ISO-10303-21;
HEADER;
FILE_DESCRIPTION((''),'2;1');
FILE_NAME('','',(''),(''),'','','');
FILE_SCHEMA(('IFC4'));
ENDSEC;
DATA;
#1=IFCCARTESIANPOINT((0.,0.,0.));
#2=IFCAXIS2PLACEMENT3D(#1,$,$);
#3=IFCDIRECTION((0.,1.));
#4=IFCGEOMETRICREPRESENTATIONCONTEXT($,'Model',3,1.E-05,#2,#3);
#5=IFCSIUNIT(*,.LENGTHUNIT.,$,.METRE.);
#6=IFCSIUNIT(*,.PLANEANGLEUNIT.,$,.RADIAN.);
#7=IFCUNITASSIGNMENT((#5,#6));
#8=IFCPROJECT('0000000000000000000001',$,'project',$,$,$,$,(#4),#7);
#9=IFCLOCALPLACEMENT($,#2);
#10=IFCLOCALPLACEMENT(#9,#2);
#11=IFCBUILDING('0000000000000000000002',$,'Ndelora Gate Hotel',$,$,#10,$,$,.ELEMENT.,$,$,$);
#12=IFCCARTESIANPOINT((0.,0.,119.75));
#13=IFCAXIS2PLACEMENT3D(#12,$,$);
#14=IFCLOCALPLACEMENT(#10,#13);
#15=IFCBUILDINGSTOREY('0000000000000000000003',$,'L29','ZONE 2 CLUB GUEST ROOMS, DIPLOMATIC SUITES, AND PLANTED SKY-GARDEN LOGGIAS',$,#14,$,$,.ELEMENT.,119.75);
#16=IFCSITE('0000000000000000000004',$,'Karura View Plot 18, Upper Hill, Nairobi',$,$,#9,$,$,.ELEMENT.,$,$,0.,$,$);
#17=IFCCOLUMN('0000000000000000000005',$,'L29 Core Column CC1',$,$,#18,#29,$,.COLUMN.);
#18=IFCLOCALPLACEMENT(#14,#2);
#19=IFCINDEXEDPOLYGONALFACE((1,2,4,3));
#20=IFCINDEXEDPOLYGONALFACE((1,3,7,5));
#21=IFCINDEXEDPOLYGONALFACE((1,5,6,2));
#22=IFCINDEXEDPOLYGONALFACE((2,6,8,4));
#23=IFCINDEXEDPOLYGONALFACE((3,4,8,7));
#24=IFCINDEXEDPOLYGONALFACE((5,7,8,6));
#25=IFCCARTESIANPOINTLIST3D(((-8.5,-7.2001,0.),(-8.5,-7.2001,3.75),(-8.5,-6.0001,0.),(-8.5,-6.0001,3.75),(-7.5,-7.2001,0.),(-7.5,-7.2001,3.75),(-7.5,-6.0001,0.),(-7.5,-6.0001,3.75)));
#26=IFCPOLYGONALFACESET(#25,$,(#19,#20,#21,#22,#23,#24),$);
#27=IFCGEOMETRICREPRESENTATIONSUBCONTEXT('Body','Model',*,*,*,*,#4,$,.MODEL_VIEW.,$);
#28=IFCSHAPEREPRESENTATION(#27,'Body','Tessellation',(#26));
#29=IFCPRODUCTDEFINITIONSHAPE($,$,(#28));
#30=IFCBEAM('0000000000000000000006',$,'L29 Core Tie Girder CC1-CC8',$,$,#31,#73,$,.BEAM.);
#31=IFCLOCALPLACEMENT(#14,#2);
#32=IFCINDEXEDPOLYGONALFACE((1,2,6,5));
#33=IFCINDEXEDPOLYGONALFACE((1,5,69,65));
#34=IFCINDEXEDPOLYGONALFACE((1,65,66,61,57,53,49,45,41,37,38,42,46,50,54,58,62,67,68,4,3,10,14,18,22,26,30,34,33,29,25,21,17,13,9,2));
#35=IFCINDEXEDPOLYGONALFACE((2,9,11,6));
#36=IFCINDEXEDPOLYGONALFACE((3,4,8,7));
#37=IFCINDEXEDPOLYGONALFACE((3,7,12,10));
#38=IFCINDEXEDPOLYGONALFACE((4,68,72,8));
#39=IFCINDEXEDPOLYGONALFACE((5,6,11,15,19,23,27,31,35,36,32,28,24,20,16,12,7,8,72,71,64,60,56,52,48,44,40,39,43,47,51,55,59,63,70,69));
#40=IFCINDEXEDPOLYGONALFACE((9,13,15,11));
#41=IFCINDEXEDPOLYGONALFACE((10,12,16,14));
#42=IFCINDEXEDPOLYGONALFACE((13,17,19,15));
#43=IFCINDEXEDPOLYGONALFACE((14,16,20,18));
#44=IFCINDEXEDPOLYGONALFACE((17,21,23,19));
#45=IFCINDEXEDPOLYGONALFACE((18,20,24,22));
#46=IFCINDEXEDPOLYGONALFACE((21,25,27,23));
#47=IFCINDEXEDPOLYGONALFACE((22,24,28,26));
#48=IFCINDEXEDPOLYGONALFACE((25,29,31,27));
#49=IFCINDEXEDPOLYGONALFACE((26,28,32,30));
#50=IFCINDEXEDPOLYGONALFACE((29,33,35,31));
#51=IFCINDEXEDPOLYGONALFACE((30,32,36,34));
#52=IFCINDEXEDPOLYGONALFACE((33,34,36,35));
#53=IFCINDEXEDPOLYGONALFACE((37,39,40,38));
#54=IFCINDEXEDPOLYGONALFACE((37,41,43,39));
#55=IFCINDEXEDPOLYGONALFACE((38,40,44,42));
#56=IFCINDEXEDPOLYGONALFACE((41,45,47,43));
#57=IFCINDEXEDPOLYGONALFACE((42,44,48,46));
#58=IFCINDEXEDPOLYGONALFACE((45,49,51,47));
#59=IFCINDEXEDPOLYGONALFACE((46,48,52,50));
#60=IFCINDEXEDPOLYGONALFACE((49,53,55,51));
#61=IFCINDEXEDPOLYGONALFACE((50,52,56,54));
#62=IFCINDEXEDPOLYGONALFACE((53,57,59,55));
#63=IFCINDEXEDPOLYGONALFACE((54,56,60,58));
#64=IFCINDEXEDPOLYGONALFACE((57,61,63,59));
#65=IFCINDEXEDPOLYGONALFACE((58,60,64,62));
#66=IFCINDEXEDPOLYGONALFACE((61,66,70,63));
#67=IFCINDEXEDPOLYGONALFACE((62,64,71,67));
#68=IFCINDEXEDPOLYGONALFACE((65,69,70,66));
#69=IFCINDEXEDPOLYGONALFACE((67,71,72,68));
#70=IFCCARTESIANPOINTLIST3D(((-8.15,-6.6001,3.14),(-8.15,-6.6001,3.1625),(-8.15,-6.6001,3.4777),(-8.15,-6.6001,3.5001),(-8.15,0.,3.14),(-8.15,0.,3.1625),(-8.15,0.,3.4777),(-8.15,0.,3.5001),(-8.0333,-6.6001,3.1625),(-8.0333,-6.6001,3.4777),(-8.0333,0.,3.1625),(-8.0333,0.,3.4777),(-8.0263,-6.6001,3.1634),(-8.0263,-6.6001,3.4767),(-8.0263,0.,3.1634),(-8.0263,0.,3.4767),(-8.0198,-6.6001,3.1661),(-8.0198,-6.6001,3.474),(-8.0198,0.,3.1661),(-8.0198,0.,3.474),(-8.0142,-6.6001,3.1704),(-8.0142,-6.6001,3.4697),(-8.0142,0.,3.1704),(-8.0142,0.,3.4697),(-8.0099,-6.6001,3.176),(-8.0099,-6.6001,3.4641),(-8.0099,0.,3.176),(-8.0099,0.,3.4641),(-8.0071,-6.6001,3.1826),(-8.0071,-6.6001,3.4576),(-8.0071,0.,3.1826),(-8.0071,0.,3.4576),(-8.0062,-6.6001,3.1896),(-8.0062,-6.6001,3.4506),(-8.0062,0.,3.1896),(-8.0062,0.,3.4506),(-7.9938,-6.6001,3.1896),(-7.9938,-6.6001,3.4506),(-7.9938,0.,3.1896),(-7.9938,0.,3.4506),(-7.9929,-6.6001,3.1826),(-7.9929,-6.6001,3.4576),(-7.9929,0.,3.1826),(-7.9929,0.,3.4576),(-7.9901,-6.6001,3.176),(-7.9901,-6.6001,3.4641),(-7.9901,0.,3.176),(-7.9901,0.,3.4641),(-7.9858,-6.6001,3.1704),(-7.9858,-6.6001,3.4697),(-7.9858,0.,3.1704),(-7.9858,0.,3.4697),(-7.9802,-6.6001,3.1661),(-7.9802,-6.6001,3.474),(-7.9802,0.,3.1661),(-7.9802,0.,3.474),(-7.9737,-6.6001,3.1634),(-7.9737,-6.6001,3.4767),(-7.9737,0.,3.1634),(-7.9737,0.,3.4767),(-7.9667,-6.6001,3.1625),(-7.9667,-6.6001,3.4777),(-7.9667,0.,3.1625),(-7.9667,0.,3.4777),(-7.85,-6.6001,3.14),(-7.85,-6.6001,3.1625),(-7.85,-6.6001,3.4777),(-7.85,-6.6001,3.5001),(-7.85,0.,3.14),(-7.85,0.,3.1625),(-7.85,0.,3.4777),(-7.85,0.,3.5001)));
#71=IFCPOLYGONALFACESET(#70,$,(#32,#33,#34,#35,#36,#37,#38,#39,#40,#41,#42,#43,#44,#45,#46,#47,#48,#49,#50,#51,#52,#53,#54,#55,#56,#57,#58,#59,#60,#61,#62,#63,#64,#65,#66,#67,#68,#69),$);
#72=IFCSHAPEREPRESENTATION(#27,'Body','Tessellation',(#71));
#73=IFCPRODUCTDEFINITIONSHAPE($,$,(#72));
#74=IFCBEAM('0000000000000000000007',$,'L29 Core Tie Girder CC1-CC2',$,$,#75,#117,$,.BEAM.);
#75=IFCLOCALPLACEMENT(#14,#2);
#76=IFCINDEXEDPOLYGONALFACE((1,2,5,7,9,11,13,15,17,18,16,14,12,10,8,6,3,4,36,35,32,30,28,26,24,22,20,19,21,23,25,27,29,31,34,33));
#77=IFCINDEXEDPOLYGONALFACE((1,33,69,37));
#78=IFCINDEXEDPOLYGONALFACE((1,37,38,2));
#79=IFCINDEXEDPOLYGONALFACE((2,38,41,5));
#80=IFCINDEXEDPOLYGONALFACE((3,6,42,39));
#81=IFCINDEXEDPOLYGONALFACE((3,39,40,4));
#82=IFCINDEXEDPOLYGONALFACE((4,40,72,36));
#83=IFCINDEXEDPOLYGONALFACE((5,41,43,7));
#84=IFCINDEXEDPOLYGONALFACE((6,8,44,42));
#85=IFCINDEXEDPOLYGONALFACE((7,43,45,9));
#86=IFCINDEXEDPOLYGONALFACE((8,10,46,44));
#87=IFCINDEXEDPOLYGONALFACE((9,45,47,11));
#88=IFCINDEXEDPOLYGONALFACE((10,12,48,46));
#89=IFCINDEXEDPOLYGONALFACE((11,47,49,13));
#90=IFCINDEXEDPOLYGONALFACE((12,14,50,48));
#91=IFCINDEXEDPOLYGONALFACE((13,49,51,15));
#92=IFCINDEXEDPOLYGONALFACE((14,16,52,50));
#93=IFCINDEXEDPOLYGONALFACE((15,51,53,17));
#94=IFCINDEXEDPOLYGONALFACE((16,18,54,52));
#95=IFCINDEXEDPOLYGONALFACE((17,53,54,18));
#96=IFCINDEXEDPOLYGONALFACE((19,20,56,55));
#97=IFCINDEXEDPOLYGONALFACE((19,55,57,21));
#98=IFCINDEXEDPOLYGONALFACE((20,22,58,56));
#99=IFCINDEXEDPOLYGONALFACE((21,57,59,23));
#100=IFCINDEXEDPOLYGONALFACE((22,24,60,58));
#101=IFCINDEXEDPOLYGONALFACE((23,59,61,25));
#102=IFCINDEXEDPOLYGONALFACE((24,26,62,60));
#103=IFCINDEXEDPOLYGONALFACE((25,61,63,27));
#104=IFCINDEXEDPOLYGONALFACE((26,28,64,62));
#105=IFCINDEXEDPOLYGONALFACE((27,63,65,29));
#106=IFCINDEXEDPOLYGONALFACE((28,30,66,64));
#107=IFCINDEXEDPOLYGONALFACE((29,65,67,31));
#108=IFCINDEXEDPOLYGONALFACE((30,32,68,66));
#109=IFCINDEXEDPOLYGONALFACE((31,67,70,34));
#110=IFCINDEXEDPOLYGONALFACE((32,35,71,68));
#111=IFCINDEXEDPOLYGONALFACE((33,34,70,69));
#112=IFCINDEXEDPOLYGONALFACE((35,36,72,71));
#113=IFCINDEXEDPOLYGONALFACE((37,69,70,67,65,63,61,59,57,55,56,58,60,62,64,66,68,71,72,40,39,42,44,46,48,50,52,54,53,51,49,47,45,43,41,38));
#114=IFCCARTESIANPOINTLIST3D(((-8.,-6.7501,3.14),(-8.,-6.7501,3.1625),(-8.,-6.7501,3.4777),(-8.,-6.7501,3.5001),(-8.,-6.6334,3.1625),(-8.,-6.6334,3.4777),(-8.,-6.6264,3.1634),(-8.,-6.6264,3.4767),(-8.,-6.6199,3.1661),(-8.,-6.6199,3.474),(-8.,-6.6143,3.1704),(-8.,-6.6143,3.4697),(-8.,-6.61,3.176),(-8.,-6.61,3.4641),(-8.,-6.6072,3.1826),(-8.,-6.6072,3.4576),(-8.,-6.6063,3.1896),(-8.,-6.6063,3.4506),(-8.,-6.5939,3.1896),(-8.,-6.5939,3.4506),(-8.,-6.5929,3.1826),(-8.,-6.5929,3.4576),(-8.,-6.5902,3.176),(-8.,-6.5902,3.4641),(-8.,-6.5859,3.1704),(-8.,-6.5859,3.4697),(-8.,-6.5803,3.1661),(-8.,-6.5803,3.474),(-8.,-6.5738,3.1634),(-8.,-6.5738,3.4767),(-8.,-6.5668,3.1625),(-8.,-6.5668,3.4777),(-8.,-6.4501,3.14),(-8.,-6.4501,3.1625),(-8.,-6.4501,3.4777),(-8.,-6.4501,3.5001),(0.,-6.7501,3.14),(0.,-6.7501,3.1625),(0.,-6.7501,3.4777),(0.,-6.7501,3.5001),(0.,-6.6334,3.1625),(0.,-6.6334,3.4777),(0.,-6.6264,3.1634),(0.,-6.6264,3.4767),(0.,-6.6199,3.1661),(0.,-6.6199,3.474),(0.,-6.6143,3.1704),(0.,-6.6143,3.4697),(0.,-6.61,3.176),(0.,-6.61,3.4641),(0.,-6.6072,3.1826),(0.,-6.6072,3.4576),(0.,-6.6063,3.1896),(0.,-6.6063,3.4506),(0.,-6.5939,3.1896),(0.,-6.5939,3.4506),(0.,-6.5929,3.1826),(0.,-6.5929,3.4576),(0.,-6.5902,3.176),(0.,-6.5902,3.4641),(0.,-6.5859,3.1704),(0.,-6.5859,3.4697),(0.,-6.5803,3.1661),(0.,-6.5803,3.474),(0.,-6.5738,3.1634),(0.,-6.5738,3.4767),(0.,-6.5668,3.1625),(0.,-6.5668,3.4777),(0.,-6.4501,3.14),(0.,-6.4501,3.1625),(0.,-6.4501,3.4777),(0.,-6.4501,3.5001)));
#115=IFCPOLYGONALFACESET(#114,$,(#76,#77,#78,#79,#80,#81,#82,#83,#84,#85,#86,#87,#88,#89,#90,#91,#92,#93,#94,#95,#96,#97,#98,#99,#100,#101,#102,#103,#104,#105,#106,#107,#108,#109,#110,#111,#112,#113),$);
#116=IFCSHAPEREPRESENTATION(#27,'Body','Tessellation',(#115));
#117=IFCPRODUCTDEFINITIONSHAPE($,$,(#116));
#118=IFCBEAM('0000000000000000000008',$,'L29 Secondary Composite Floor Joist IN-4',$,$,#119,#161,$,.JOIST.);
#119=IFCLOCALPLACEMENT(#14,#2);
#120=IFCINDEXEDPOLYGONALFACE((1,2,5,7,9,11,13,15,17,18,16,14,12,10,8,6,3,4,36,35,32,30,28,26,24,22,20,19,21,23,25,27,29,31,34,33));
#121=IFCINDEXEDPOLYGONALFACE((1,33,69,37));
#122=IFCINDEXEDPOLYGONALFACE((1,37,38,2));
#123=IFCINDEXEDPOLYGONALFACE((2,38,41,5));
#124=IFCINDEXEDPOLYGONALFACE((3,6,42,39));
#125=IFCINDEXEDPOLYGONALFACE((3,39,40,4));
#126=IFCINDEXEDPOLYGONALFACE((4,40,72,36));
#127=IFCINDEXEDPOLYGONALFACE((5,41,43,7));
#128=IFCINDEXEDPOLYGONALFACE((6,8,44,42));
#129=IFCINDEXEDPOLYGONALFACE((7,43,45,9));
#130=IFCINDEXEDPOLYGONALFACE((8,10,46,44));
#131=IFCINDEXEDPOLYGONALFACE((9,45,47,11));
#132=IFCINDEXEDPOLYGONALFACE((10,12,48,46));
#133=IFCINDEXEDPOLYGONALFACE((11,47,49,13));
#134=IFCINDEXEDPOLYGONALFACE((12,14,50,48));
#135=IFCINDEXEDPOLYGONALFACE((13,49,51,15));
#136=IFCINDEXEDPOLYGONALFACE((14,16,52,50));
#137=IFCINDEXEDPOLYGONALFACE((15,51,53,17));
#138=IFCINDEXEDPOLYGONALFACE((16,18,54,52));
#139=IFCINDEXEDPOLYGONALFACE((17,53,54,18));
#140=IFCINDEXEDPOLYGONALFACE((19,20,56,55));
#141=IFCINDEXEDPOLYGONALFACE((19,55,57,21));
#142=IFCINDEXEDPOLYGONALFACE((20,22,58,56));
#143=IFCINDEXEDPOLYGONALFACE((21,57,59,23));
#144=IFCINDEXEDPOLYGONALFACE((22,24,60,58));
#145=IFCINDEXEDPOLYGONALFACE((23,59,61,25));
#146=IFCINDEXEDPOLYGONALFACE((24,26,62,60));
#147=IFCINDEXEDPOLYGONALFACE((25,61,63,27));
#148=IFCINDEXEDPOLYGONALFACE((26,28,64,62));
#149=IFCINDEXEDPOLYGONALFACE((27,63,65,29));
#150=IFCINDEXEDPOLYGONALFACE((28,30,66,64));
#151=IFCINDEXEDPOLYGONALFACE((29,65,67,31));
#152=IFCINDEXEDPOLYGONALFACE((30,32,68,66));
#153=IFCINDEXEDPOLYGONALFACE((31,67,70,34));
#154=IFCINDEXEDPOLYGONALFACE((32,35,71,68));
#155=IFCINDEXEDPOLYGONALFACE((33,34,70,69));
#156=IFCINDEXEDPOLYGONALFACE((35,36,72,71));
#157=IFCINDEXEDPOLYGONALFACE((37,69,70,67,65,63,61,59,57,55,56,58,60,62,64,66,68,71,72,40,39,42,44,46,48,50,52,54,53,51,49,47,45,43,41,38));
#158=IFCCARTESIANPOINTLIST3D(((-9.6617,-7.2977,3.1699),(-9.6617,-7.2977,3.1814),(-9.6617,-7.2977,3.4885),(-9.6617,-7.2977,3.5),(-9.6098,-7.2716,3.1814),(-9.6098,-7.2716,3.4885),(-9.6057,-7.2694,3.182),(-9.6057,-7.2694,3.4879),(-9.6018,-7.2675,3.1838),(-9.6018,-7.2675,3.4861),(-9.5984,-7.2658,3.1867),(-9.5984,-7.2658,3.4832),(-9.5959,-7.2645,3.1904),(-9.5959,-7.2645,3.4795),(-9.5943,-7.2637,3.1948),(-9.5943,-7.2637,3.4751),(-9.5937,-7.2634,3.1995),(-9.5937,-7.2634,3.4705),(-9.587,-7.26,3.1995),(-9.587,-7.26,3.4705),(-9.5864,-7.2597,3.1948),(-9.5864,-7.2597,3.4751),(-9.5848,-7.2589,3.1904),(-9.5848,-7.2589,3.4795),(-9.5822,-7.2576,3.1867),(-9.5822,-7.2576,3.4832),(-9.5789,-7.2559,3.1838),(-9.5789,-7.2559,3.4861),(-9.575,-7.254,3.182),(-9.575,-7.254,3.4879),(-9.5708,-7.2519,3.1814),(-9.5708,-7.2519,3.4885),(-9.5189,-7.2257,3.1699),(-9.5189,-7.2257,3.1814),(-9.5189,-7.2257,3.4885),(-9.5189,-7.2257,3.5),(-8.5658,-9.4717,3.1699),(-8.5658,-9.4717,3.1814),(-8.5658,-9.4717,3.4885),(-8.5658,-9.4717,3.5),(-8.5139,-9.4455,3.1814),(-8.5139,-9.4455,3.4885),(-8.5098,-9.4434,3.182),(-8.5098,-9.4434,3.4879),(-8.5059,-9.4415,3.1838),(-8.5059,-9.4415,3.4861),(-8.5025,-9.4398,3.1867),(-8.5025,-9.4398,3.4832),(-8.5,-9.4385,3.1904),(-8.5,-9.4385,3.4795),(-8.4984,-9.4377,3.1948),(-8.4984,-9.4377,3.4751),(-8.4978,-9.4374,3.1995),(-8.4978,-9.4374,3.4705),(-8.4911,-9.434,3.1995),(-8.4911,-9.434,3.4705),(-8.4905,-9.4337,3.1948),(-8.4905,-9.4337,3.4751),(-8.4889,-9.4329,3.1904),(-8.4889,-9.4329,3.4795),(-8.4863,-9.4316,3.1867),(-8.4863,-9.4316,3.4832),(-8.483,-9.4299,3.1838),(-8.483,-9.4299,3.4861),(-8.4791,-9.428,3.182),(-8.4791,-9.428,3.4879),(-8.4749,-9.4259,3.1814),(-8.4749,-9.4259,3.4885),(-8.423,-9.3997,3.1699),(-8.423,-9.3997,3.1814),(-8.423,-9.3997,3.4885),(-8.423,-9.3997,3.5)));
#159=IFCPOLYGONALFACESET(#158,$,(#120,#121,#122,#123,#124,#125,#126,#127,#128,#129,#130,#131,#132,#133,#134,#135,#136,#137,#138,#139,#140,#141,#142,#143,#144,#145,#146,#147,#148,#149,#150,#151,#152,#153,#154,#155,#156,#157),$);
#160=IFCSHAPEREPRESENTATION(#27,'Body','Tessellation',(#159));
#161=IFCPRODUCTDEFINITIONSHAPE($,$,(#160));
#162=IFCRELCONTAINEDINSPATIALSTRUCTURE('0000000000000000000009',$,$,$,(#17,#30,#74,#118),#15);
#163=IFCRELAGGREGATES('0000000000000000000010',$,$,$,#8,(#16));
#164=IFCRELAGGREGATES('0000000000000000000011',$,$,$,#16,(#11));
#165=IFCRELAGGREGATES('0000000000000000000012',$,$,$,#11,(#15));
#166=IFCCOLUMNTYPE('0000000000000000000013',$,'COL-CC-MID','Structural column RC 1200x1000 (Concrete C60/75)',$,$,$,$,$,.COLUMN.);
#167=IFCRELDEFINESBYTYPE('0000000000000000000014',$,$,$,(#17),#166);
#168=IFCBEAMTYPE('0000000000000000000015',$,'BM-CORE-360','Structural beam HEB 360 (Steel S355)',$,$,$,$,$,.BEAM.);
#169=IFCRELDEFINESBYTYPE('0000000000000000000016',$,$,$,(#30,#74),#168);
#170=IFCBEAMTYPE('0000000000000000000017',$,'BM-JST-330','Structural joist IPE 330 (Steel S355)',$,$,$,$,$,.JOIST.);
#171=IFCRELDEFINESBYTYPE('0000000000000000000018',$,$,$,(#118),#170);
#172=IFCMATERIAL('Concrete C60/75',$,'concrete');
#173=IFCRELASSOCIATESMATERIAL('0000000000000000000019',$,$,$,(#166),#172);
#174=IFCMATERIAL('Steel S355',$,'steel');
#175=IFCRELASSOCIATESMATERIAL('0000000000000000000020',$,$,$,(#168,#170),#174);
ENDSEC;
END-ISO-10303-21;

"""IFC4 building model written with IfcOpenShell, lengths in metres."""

from ifc_helpers import new_model, si_unit, direction, frame, origin, origin_2d, place, context, subcontext, project, spatial, rectangle, i_section, extrude, material, material_profile, profile_set, type_object, element, save


model = new_model("IFC4")

# Units and contexts
model_context = context("Model", 3, precision=1e-05, world=origin(), true_north=direction((0.0, 1.0)))
body_context = subcontext(model_context, "Body", "Model", "MODEL_VIEW")
ifc_project = project(units=[si_unit("LENGTHUNIT", "METRE"), si_unit("PLANEANGLEUNIT", "RADIAN")], contexts=[model_context])

# Site, building, storey
site_placement = place(None, origin())
site = spatial("IfcSite", under=ifc_project, at=site_placement, Name="Karura View Plot 18, Upper Hill, Nairobi", CompositionType="ELEMENT", RefElevation=0.0)
building_placement = place(site_placement, origin())
building = spatial("IfcBuilding", under=site, at=building_placement, Name="Ndelora Gate Hotel", CompositionType="ELEMENT")
storey_placement = place(building_placement, frame((0.0, 0.0, 119.75)))
storey = spatial("IfcBuildingStorey", under=building, at=storey_placement, Name="L29", Description="ZONE 2 CLUB GUEST ROOMS, DIPLOMATIC SUITES, AND PLANTED SKY-GARDEN LOGGIAS", CompositionType="ELEMENT", Elevation=119.75)

# Column
ifc_material_1 = material(Name="Concrete C60/75", Category="concrete")
ifc_material_profile_1 = material_profile(ifc_material_1, rectangle(XDim=1.0, YDim=1.2, at=origin_2d()), Name="RC 1200x1000")
ifc_profile_set_1 = profile_set([ifc_material_profile_1], Name="Concrete C60/75")
column_type = type_object("IfcColumnType", Name="COL-CC-MID", Description="Structural column RC 1200x1000 (Concrete C60/75)", PredefinedType="COLUMN", material=ifc_profile_set_1)
column_placement = place(storey_placement, frame((-8.0, -6.6001, 0.0), z_axis=(0.0, 0.0, 1.0), x_axis=(1.0, 0.0, 0.0)))
element("IfcColumn", 1, at=column_placement, inside=storey, type_object=column_type, Name="L29 Core Column CC1", PredefinedType="COLUMN", context=body_context, shape_type="SweptSolid", body=[
    extrude(rectangle(XDim=1.0, YDim=1.2, at=origin_2d()), origin(), (0.0, 0.0, 1.0), 3.75),
])

# Beams
ifc_material_2 = material(Name="Steel S355", Category="steel")
ifc_material_profile_2 = material_profile(ifc_material_2, i_section(OverallWidth=0.3, OverallDepth=0.3601, WebThickness=0.0125, FlangeThickness=0.0225, FilletRadius=0.0271, at=origin_2d()), Name="HEB 360")
ifc_profile_set_2 = profile_set([ifc_material_profile_2], Name="Steel S355")
beam_type_1 = type_object("IfcBeamType", Name="BM-CORE-360", Description="Structural beam HEB 360 (Steel S355)", PredefinedType="BEAM", material=ifc_profile_set_2)
beam_1_placement = place(storey_placement, frame((-8.0, -6.6001, 3.3201), z_axis=(0.0, 1.0, 0.0), x_axis=(-1.0, 0.0, 0.0)))
element("IfcBeam", 2, at=beam_1_placement, inside=storey, type_object=beam_type_1, Name="L29 Core Tie Girder CC1-CC8", PredefinedType="BEAM", context=body_context, shape_type="SweptSolid", body=[
    extrude(i_section(OverallWidth=0.3, OverallDepth=0.3601, WebThickness=0.0125, FlangeThickness=0.0225, FilletRadius=0.0271, at=origin_2d()), origin(), (0.0, 0.0, 1.0), 6.6001),
])
beam_2_placement = place(storey_placement, frame((-8.0, -6.6001, 3.3201), z_axis=(1.0, 0.0, 0.0), x_axis=(0.0, 1.0, 0.0)))
element("IfcBeam", 3, at=beam_2_placement, inside=storey, type_object=beam_type_1, Name="L29 Core Tie Girder CC1-CC2", PredefinedType="BEAM", context=body_context, shape_type="SweptSolid", body=[
    extrude(i_section(OverallWidth=0.3, OverallDepth=0.3601, WebThickness=0.0125, FlangeThickness=0.0225, FilletRadius=0.0271, at=origin_2d()), origin(), (0.0, 0.0, 1.0), 8.0),
])
ifc_material_profile_3 = material_profile(ifc_material_2, i_section(OverallWidth=0.1599, OverallDepth=0.3301, WebThickness=0.0076, FlangeThickness=0.0115, FilletRadius=0.0181, at=origin_2d()), Name="IPE 330")
ifc_profile_set_3 = profile_set([ifc_material_profile_3], Name="Steel S355")
beam_type_2 = type_object("IfcBeamType", Name="BM-JST-330", Description="Structural joist IPE 330 (Steel S355)", PredefinedType="JOIST", material=ifc_profile_set_3)
beam_3_placement = place(storey_placement, frame((-9.5903, -7.2617, 3.335), z_axis=(0.450139, -0.892958, 0.0), x_axis=(0.892958, 0.450139, 0.0)))
element("IfcBeam", 4, at=beam_3_placement, inside=storey, type_object=beam_type_2, Name="L29 Secondary Composite Floor Joist IN-4", PredefinedType="JOIST", context=body_context, shape_type="SweptSolid", body=[
    extrude(i_section(OverallWidth=0.1599, OverallDepth=0.3301, WebThickness=0.0076, FlangeThickness=0.0115, FilletRadius=0.0181, at=origin_2d()), origin(), (0.0, 0.0, 1.0), 2.4346),
])

save(model, "model.ifc")
